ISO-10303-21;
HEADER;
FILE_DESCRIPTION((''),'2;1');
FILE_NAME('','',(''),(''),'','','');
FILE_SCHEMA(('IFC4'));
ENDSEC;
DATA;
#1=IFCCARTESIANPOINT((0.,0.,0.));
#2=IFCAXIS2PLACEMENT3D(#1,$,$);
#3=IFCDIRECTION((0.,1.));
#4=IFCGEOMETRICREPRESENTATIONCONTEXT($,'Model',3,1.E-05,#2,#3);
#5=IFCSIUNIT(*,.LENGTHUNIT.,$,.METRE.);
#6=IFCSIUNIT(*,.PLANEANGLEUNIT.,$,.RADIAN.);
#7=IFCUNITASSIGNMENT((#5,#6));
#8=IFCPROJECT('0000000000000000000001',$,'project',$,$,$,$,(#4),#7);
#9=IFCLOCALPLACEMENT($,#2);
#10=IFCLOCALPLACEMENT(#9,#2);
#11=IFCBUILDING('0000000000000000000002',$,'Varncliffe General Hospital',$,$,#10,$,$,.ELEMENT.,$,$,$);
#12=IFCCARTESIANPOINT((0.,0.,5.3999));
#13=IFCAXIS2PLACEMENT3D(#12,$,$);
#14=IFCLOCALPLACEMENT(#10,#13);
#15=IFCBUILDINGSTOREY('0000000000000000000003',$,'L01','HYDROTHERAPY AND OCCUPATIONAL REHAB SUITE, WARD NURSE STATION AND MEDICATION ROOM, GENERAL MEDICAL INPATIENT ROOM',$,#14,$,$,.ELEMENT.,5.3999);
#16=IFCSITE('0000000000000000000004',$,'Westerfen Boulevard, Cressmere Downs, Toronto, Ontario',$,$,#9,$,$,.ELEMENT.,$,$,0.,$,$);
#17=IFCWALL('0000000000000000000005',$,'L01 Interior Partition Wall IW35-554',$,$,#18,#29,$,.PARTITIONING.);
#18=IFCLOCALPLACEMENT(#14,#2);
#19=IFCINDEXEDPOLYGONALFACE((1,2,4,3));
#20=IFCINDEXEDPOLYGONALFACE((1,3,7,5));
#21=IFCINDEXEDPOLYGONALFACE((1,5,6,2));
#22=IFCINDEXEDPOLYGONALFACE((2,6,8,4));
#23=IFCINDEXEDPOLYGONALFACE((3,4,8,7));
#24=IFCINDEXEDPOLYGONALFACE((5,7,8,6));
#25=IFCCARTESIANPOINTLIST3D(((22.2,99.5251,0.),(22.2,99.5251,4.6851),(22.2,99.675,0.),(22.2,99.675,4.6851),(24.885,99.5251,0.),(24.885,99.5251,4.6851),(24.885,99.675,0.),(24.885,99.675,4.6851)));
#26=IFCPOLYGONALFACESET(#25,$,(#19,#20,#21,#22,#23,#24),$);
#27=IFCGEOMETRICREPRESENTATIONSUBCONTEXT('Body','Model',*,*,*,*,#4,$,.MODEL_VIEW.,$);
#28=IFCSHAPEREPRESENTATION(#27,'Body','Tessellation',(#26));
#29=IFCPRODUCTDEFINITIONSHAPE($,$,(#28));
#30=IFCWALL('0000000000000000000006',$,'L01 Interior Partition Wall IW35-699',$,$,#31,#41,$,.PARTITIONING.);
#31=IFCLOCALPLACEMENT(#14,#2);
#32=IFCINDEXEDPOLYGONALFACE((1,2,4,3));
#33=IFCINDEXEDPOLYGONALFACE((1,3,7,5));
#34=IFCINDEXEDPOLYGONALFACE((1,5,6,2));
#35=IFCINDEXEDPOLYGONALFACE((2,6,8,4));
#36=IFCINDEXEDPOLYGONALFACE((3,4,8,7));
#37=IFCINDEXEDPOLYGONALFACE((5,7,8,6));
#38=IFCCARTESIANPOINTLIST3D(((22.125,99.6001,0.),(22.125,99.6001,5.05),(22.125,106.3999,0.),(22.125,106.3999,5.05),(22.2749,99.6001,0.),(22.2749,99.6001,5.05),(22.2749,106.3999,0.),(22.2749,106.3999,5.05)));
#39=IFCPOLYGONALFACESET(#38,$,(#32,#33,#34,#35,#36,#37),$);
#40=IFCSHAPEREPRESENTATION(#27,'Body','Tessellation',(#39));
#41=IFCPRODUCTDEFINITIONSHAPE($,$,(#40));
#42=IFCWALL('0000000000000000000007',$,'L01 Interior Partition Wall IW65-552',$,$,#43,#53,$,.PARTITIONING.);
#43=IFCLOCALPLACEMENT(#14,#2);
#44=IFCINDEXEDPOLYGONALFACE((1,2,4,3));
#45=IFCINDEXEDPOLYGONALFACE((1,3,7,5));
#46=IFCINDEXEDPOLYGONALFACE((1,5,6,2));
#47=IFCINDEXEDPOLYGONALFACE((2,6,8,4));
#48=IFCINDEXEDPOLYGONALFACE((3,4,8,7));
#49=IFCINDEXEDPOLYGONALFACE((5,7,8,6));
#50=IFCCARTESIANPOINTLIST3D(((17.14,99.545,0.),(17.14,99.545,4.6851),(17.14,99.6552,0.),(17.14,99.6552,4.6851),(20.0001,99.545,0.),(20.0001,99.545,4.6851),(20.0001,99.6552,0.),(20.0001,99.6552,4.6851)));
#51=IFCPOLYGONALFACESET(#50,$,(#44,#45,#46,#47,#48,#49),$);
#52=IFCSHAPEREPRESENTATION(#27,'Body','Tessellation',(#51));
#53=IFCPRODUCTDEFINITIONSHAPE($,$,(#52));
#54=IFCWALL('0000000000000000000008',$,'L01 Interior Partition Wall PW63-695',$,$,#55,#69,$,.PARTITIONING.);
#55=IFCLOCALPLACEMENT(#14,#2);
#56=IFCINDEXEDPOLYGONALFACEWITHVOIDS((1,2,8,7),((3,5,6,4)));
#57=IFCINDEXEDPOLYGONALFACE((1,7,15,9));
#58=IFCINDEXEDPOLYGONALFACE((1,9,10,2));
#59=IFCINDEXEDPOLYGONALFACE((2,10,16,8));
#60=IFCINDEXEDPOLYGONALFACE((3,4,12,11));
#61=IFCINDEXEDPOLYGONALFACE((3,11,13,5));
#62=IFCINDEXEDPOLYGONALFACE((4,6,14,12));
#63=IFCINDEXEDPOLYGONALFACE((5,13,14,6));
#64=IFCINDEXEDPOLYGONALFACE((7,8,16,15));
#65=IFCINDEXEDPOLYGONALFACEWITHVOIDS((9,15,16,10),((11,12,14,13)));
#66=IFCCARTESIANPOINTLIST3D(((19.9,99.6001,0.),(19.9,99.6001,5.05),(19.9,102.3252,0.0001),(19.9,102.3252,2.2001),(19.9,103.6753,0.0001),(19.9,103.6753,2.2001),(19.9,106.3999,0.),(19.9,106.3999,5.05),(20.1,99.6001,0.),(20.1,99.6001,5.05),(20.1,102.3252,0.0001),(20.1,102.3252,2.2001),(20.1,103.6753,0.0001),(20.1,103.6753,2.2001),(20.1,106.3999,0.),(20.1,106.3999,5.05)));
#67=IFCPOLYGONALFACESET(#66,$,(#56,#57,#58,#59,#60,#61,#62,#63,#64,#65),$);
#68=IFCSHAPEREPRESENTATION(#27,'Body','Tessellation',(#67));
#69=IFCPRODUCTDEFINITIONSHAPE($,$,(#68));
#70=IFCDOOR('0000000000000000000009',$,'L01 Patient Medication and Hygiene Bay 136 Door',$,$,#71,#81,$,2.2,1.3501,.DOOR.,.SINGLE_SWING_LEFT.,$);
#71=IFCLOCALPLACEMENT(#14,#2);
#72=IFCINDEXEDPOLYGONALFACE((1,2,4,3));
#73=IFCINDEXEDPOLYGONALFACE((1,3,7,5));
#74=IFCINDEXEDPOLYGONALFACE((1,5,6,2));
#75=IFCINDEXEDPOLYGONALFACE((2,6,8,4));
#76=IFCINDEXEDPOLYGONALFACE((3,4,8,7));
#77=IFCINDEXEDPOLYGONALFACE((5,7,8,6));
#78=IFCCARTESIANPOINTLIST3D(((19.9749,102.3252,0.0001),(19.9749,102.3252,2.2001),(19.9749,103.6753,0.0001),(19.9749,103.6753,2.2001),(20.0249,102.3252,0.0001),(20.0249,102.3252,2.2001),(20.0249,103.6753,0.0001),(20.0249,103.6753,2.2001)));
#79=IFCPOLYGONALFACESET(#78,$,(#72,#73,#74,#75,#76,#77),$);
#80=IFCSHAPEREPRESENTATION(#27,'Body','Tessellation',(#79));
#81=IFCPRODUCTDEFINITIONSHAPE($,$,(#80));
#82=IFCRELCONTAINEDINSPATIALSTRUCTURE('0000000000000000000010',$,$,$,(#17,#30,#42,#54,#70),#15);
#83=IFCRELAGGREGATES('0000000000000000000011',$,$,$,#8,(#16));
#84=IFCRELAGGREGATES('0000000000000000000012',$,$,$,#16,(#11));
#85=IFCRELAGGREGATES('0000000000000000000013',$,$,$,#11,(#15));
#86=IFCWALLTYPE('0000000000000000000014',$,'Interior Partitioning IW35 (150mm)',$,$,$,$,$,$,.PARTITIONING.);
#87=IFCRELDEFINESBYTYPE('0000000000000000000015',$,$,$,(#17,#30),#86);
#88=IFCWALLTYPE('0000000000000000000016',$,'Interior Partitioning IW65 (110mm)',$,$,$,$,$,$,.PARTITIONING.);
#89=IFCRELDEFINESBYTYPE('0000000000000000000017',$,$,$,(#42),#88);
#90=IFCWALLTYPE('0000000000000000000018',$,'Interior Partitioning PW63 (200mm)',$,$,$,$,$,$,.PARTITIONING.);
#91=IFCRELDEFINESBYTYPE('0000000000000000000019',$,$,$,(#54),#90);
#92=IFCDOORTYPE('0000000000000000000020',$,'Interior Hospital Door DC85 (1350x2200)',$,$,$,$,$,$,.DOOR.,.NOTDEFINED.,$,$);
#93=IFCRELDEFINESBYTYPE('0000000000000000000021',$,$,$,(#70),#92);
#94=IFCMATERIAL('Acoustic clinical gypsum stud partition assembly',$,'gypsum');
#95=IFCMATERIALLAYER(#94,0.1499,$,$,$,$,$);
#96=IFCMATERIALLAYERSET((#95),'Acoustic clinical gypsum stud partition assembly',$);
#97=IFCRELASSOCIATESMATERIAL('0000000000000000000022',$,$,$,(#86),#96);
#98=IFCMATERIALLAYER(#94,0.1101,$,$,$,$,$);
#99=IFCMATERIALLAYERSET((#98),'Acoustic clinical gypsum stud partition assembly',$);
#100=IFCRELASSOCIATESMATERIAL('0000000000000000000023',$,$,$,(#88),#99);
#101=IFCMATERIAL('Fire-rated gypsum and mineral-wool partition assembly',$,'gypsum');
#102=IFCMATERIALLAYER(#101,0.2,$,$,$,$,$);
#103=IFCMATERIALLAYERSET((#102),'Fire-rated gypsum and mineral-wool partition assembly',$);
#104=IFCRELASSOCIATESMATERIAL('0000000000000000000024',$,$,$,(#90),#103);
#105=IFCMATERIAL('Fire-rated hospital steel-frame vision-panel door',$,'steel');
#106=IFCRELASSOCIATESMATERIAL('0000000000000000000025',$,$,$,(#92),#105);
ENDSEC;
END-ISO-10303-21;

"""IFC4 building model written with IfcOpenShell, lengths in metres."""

from ifc_helpers import new_model, si_unit, direction, frame, frame_2d, origin, place, context, subcontext, project, spatial, rectangle, extrude, material, layer, layer_set, type_object, element, fill, save


model = new_model("IFC4")

# Units and contexts
model_context = context("Model", 3, precision=1e-05, world=origin(), true_north=direction((0.0, 1.0)))
body_context = subcontext(model_context, "Body", "Model", "MODEL_VIEW")
ifc_project = project(units=[si_unit("LENGTHUNIT", "METRE"), si_unit("PLANEANGLEUNIT", "RADIAN")], contexts=[model_context])

# Site, building, storey
site_placement = place(None, origin())
site = spatial("IfcSite", under=ifc_project, at=site_placement, Name="Westerfen Boulevard, Cressmere Downs, Toronto, Ontario", CompositionType="ELEMENT", RefElevation=0.0)
building_placement = place(site_placement, origin())
building = spatial("IfcBuilding", under=site, at=building_placement, Name="Varncliffe General Hospital", CompositionType="ELEMENT")
storey_placement = place(building_placement, frame((0.0, 0.0, 5.3999)))
storey = spatial("IfcBuildingStorey", under=building, at=storey_placement, Name="L01", Description="HYDROTHERAPY AND OCCUPATIONAL REHAB SUITE, WARD NURSE STATION AND MEDICATION ROOM, GENERAL MEDICAL INPATIENT ROOM", CompositionType="ELEMENT", Elevation=5.3999)

# Walls
ifc_material_1 = material(Name="Acoustic clinical gypsum stud partition assembly", Category="gypsum")
ifc_layer_1 = layer(ifc_material_1, 0.1499)
ifc_layer_set_1 = layer_set([ifc_layer_1], Name="Acoustic clinical gypsum stud partition assembly")
wall_type_1 = type_object("IfcWallType", Name="Interior Partitioning IW35 (150mm)", PredefinedType="PARTITIONING", material=ifc_layer_set_1)
wall_1_placement = place(storey_placement, frame((22.2, 99.6001, 0.0), z_axis=(0.0, 0.0, 1.0), x_axis=(1.0, 0.0, 0.0)))
element("IfcWall", 1, at=wall_1_placement, inside=storey, type_object=wall_type_1, Name="L01 Interior Partition Wall IW35-554", PredefinedType="PARTITIONING", context=body_context, shape_type="SweptSolid", body=[
    extrude(rectangle(XDim=2.6851, YDim=0.1499, at=frame_2d((1.3425, 0.0))), origin(), (0.0, 0.0, 1.0), 4.6851),
])
wall_2_placement = place(storey_placement, frame((22.2, 99.6001, 0.0), z_axis=(0.0, 0.0, 1.0), x_axis=(0.0, 1.0, 0.0)))
element("IfcWall", 2, at=wall_2_placement, inside=storey, type_object=wall_type_1, Name="L01 Interior Partition Wall IW35-699", PredefinedType="PARTITIONING", context=body_context, shape_type="SweptSolid", body=[
    extrude(rectangle(XDim=6.7998, YDim=0.1499, at=frame_2d((3.3999, 0.0))), origin(), (0.0, 0.0, 1.0), 5.05),
])
ifc_layer_2 = layer(ifc_material_1, 0.1101)
ifc_layer_set_2 = layer_set([ifc_layer_2], Name="Acoustic clinical gypsum stud partition assembly")
wall_type_2 = type_object("IfcWallType", Name="Interior Partitioning IW65 (110mm)", PredefinedType="PARTITIONING", material=ifc_layer_set_2)
wall_3_placement = place(storey_placement, frame((17.1399, 99.6001, 0.0), z_axis=(0.0, 0.0, 1.0), x_axis=(1.0, 0.0, 0.0)))
element("IfcWall", 3, at=wall_3_placement, inside=storey, type_object=wall_type_2, Name="L01 Interior Partition Wall IW65-552", PredefinedType="PARTITIONING", context=body_context, shape_type="SweptSolid", body=[
    extrude(rectangle(XDim=2.8601, YDim=0.1101, at=frame_2d((1.4302, 0.0))), origin(), (0.0, 0.0, 1.0), 4.6851),
])

# Wall, opening, door
ifc_material_2 = material(Name="Fire-rated gypsum and mineral-wool partition assembly", Category="gypsum")
ifc_layer_3 = layer(ifc_material_2, 0.2)
ifc_layer_set_3 = layer_set([ifc_layer_3], Name="Fire-rated gypsum and mineral-wool partition assembly")
wall_type_3 = type_object("IfcWallType", Name="Interior Partitioning PW63 (200mm)", PredefinedType="PARTITIONING", material=ifc_layer_set_3)
wall_4_placement = place(storey_placement, frame((20.0, 99.6001, 0.0), z_axis=(0.0, 0.0, 1.0), x_axis=(0.0, 1.0, 0.0)))
wall_4 = element("IfcWall", 4, at=wall_4_placement, inside=storey, type_object=wall_type_3, Name="L01 Interior Partition Wall PW63-695", PredefinedType="PARTITIONING", context=body_context, shape_type="SweptSolid", body=[
    extrude(rectangle(XDim=6.7998, YDim=0.2, at=frame_2d((3.3999, 0.0))), origin(), (0.0, 0.0, 1.0), 5.05),
])
opening_placement = place(wall_4_placement, frame((2.7251, 0.0, 0.0)))
opening = element("IfcOpeningElement", 5, at=opening_placement, cuts=wall_4, PredefinedType="OPENING", context=body_context, shape_type="SweptSolid", body=[
    extrude(rectangle(XDim=1.3501, YDim=2.2, at=frame_2d((0.675, 1.1001))), frame((0.0, 0.1099, 0.0), z_axis=(0.0, -1.0, 0.0), x_axis=(1.0, 0.0, 0.0)), (0.0, 0.0, 1.0), 0.22),
])
ifc_material_3 = material(Name="Fire-rated hospital steel-frame vision-panel door", Category="steel")
door_type = type_object("IfcDoorType", Name="Interior Hospital Door DC85 (1350x2200)", OperationType="NOTDEFINED", PredefinedType="DOOR", material=ifc_material_3)
door_placement = place(opening_placement, frame((1.3501, 0.0, 0.0), z_axis=(0.0, 0.0, 1.0), x_axis=(-1.0, 0.0, 0.0)))
door = element("IfcDoor", 6, at=door_placement, inside=storey, type_object=door_type, Name="L01 Patient Medication and Hygiene Bay 136 Door", OperationType="SINGLE_SWING_LEFT", OverallHeight=2.2, OverallWidth=1.3501, PredefinedType="DOOR", context=body_context, shape_type="SweptSolid", body=[
    extrude(rectangle(XDim=1.3501, YDim=2.2, at=frame_2d((0.675, 1.1001))), frame((0.0, 0.0249, 0.0), z_axis=(0.0, -1.0, 0.0), x_axis=(1.0, 0.0, 0.0)), (0.0, 0.0, 1.0), 0.05),
])
fill(opening, door)

save(model, "model.ifc")
